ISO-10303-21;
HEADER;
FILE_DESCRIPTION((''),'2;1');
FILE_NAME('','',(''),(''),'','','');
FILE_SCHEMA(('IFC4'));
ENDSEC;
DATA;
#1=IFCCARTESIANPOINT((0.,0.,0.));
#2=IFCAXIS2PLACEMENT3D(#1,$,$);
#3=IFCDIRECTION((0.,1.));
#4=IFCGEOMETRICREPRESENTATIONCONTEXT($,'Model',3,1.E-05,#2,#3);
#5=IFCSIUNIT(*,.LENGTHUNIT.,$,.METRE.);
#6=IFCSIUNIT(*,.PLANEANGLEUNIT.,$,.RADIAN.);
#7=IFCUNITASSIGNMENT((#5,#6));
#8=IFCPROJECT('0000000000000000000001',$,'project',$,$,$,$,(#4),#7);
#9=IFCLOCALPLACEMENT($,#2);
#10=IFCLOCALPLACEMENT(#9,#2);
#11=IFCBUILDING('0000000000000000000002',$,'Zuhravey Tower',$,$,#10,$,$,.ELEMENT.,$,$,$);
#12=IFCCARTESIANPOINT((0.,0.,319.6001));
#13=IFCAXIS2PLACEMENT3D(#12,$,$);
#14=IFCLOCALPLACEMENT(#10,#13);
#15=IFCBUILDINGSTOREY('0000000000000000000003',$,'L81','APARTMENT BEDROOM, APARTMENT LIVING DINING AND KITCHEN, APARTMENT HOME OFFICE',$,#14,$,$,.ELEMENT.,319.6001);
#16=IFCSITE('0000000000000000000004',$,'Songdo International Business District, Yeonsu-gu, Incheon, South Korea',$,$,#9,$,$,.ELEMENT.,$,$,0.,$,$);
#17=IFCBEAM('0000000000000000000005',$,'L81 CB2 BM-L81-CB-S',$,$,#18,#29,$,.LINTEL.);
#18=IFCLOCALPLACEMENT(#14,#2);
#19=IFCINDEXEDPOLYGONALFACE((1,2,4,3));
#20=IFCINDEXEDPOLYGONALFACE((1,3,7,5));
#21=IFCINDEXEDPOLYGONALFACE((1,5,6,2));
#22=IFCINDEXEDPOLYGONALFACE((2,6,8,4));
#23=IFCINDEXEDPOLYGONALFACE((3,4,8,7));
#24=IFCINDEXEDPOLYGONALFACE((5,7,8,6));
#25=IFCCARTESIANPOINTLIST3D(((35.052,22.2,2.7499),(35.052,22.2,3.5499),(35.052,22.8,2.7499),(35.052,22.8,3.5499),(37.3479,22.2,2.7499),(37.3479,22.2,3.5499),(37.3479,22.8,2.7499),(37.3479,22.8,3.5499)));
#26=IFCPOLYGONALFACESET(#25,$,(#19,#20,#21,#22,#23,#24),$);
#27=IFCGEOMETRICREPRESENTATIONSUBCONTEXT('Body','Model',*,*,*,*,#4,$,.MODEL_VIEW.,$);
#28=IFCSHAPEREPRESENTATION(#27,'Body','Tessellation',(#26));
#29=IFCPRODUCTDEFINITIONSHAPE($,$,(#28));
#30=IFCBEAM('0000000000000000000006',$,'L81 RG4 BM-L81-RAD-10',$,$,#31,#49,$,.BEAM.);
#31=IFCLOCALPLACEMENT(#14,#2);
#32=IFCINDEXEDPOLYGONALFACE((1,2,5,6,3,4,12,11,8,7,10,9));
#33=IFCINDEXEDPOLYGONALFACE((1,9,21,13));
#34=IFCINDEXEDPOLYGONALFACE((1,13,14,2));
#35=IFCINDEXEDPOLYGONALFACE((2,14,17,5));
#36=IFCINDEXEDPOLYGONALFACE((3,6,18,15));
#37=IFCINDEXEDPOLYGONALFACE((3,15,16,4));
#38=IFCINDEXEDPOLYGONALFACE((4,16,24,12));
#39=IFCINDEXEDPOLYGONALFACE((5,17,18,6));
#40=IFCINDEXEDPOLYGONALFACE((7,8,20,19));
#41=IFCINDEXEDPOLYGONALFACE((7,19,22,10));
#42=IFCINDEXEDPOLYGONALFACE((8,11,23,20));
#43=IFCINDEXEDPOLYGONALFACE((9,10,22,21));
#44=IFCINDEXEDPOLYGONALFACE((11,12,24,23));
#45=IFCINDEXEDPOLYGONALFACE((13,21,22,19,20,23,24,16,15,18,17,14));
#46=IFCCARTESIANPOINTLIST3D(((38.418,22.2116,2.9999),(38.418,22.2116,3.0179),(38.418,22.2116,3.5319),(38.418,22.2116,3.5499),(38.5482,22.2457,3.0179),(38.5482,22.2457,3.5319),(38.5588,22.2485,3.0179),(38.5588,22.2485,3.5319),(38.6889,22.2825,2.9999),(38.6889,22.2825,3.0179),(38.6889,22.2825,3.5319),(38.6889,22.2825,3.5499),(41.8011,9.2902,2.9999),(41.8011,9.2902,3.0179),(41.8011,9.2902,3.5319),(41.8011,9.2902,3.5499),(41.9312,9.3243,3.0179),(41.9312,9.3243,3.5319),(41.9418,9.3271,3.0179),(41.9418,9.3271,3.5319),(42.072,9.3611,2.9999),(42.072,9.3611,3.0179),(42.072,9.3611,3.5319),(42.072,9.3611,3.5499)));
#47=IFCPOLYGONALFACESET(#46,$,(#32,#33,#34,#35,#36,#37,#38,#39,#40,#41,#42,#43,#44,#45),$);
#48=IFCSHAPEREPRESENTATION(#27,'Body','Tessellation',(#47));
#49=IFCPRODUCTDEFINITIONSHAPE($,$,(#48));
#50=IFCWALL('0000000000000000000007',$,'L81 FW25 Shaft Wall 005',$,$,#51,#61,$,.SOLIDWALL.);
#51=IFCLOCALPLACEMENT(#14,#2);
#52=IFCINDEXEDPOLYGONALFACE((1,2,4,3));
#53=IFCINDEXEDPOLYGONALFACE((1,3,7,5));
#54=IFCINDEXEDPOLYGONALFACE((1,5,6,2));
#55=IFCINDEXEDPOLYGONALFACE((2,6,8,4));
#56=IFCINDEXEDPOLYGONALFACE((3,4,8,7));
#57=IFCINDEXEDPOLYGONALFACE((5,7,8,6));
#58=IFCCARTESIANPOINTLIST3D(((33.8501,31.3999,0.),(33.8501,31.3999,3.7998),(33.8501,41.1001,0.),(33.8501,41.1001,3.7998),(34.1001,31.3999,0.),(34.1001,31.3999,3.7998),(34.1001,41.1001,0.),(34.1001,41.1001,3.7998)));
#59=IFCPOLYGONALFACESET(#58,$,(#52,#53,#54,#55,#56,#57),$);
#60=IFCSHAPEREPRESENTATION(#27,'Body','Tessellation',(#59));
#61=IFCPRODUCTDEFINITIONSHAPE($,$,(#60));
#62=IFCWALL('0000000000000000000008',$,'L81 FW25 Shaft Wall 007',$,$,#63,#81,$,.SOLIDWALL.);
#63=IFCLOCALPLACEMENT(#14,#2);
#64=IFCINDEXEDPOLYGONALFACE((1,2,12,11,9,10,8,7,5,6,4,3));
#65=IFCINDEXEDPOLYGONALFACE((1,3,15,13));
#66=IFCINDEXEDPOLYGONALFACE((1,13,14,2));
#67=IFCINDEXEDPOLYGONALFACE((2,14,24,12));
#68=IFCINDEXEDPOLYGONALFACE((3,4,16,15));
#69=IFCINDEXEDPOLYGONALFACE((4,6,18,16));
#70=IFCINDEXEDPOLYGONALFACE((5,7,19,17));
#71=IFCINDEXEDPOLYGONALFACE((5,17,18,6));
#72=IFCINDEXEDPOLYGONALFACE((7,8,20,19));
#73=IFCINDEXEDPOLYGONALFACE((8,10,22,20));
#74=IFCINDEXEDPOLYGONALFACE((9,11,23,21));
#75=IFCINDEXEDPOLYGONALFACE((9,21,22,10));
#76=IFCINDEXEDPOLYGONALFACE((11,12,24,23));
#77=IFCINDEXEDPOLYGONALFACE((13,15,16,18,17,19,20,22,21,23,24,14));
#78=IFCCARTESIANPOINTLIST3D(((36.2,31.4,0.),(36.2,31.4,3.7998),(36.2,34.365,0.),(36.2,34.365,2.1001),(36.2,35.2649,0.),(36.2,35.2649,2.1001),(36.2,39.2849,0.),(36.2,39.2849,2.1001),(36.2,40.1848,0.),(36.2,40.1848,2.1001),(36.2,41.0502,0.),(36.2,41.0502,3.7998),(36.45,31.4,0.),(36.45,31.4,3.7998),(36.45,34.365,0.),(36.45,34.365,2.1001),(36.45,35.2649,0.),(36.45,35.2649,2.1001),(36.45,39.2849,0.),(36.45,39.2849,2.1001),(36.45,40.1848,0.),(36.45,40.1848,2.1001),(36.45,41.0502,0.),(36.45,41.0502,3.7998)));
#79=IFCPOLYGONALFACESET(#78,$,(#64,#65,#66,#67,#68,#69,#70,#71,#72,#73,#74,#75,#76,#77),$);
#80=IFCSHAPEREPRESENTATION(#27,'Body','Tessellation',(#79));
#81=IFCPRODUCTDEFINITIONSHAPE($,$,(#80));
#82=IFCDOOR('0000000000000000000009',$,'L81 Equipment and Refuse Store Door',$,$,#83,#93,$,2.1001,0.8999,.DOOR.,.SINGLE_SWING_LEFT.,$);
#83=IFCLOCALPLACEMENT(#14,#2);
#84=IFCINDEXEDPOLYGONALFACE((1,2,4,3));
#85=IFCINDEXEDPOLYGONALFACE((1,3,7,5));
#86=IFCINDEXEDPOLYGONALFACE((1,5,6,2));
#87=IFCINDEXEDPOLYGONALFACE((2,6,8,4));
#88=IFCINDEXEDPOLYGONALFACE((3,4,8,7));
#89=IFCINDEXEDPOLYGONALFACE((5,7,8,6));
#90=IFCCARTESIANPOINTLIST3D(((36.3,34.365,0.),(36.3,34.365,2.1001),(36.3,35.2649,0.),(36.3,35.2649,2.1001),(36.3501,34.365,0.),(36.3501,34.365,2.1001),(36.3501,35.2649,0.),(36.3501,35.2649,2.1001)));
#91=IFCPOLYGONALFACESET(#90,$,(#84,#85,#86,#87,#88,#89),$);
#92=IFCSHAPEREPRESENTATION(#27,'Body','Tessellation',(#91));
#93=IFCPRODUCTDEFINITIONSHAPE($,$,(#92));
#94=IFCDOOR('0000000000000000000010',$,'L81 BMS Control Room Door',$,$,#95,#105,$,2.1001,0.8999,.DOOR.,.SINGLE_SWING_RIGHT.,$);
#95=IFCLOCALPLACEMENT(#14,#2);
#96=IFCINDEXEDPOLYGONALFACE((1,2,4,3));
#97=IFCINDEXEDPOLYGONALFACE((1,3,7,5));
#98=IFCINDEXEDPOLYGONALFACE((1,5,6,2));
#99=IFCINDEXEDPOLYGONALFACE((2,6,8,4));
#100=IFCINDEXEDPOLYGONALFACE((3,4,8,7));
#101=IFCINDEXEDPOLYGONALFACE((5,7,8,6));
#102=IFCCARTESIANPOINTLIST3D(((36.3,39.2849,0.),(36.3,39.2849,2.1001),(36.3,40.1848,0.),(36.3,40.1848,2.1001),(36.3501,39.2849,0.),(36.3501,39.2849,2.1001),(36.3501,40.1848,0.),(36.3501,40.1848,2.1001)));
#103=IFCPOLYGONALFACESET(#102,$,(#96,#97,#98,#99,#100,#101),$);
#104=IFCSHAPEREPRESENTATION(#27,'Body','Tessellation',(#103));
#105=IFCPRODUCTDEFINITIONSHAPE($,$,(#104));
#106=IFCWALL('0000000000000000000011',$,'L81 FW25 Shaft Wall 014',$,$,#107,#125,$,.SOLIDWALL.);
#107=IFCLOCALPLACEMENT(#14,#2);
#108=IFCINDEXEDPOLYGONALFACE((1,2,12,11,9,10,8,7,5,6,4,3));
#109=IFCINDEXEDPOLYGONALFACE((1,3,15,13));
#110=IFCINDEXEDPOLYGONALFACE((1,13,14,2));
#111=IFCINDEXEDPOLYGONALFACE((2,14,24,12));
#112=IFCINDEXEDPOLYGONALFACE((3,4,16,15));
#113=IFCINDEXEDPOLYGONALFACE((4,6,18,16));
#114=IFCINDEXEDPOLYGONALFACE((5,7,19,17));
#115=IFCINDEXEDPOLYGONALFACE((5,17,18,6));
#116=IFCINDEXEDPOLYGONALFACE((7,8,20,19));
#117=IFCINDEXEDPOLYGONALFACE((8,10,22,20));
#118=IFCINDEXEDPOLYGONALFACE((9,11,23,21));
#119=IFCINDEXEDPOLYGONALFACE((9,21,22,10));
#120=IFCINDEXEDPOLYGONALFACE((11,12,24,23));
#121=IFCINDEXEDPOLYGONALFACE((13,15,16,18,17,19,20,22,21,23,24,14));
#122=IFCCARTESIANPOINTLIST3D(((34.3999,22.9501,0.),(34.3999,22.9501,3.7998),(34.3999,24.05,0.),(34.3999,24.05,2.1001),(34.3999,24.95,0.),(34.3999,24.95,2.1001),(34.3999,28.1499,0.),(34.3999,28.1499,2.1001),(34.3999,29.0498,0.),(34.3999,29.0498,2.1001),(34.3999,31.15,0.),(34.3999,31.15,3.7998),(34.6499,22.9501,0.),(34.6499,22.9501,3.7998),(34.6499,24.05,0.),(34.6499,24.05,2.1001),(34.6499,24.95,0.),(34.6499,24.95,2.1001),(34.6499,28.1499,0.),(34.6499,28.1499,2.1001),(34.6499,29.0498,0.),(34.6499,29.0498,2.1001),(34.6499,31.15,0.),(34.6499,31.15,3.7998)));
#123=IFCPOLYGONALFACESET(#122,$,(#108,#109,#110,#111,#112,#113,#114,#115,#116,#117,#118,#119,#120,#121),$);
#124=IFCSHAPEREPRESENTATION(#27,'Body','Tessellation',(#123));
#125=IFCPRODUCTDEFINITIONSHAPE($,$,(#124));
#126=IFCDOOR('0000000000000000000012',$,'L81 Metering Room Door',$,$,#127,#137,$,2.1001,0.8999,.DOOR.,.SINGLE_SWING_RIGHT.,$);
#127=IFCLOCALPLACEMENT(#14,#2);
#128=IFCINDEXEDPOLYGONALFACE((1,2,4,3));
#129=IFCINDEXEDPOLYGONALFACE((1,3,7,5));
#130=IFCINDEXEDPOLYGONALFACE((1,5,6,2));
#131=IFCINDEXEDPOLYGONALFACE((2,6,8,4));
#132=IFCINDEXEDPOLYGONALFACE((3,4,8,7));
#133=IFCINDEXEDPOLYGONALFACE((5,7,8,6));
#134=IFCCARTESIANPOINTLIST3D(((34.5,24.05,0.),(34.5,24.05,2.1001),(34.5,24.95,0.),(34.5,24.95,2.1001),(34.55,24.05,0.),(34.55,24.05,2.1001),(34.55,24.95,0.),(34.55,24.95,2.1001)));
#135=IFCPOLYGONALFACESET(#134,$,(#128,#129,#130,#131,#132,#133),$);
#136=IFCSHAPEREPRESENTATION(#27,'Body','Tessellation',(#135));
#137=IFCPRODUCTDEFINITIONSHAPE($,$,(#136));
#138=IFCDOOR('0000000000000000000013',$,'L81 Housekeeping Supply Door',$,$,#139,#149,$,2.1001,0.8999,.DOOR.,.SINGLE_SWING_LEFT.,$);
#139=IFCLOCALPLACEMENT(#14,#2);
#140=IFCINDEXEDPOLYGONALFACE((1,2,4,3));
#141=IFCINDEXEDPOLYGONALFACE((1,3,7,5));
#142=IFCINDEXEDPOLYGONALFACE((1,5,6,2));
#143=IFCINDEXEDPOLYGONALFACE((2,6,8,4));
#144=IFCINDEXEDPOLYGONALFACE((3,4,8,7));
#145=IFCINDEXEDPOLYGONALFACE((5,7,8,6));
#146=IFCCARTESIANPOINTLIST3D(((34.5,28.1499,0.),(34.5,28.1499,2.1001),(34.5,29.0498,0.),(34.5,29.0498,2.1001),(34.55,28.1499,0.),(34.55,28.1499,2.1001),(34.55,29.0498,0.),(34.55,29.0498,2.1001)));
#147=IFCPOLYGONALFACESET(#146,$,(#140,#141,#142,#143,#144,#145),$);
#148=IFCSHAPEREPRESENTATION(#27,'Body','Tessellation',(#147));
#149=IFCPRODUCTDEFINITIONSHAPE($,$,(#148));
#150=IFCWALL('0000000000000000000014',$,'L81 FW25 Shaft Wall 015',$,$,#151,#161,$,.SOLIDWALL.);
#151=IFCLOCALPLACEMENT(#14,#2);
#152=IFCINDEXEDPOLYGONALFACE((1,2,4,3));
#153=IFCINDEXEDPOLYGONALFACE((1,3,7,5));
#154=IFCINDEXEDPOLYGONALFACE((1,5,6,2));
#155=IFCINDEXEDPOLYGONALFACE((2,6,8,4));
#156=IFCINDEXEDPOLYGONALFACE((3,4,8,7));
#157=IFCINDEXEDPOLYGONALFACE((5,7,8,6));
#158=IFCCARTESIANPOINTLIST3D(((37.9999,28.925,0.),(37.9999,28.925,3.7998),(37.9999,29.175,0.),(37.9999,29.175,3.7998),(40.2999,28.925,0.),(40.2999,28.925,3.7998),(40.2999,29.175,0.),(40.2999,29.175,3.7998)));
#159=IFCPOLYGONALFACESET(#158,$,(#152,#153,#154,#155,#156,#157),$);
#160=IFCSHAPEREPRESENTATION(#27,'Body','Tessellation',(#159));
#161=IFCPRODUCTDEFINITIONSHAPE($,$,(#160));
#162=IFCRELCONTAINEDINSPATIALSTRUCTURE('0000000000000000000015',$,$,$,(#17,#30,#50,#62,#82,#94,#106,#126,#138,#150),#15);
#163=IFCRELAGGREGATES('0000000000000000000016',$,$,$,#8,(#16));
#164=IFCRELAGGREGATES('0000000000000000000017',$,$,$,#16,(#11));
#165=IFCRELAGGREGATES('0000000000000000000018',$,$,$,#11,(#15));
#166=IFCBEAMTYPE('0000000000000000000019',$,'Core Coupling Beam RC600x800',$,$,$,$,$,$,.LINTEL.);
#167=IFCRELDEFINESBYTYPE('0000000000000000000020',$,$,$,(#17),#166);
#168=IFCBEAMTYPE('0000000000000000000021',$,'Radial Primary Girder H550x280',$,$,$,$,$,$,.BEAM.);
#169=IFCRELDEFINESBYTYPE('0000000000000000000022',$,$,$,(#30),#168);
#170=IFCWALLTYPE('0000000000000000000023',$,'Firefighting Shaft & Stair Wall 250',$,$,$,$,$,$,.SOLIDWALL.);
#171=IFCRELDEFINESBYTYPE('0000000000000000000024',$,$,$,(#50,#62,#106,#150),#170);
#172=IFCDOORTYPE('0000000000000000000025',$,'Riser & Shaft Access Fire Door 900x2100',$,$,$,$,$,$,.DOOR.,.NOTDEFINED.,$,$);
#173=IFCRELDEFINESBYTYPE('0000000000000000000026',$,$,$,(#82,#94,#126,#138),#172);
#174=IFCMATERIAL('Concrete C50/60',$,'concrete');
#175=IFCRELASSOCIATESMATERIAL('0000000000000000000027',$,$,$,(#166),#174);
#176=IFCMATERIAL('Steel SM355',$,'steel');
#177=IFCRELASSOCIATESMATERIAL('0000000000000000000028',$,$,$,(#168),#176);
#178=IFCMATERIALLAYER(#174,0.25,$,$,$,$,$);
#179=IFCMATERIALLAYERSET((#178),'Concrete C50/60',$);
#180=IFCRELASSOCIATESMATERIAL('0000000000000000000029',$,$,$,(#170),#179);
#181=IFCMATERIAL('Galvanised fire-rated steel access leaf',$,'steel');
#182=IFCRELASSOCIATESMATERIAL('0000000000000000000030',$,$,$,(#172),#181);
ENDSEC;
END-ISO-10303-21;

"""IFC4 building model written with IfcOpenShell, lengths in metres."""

from ifc_helpers import new_model, si_unit, direction, frame, frame_2d, origin, origin_2d, place, context, subcontext, project, spatial, rectangle, i_section, extrude, material, layer, layer_set, material_profile, profile_set, type_object, element, fill, save


model = new_model("IFC4")

# Units and contexts
model_context = context("Model", 3, precision=1e-05, world=origin(), true_north=direction((0.0, 1.0)))
body_context = subcontext(model_context, "Body", "Model", "MODEL_VIEW")
ifc_project = project(units=[si_unit("LENGTHUNIT", "METRE"), si_unit("PLANEANGLEUNIT", "RADIAN")], contexts=[model_context])

# Site, building, storey
site_placement = place(None, origin())
site = spatial("IfcSite", under=ifc_project, at=site_placement, Name="Songdo International Business District, Yeonsu-gu, Incheon, South Korea", CompositionType="ELEMENT", RefElevation=0.0)
building_placement = place(site_placement, origin())
building = spatial("IfcBuilding", under=site, at=building_placement, Name="Zuhravey Tower", CompositionType="ELEMENT")
storey_placement = place(building_placement, frame((0.0, 0.0, 319.6001)))
storey = spatial("IfcBuildingStorey", under=building, at=storey_placement, Name="L81", Description="APARTMENT BEDROOM, APARTMENT LIVING DINING AND KITCHEN, APARTMENT HOME OFFICE", CompositionType="ELEMENT", Elevation=319.6001)

# Beams
ifc_material_1 = material(Name="Concrete C50/60", Category="concrete")
ifc_material_profile_1 = material_profile(ifc_material_1, rectangle(XDim=0.6001, YDim=0.8, at=origin_2d()), Name="RC-600x800")
ifc_profile_set_1 = profile_set([ifc_material_profile_1], Name="Concrete C50/60")
beam_type_1 = type_object("IfcBeamType", Name="Core Coupling Beam RC600x800", PredefinedType="LINTEL", material=ifc_profile_set_1)
beam_1_placement = place(storey_placement, frame((35.052, 22.5, 3.1499), z_axis=(1.0, 0.0, 0.0), x_axis=(0.0, 1.0, 0.0)))
element("IfcBeam", 1, at=beam_1_placement, inside=storey, type_object=beam_type_1, Name="L81 CB2 BM-L81-CB-S", PredefinedType="LINTEL", context=body_context, shape_type="SweptSolid", body=[
    extrude(rectangle(XDim=0.6001, YDim=0.8, at=origin_2d()), origin(), (0.0, 0.0, 1.0), 2.2959),
])
ifc_material_2 = material(Name="Steel SM355", Category="steel")
ifc_material_profile_2 = material_profile(ifc_material_2, i_section(OverallWidth=0.28, OverallDepth=0.55, WebThickness=0.011, FlangeThickness=0.0181, at=origin_2d()), Name="H-550x280x11x18")
ifc_profile_set_2 = profile_set([ifc_material_profile_2], Name="Steel SM355")
beam_type_2 = type_object("IfcBeamType", Name="Radial Primary Girder H550x280", PredefinedType="BEAM", material=ifc_profile_set_2)
beam_2_placement = place(storey_placement, frame((38.5535, 22.2471, 3.2749), z_axis=(0.253281, -0.967393, 0.0), x_axis=(0.967393, 0.253281, 0.0)))
element("IfcBeam", 2, at=beam_2_placement, inside=storey, type_object=beam_type_2, Name="L81 RG4 BM-L81-RAD-10", PredefinedType="BEAM", context=body_context, shape_type="SweptSolid", body=[
    extrude(i_section(OverallWidth=0.28, OverallDepth=0.55, WebThickness=0.011, FlangeThickness=0.0181, at=origin_2d()), origin(), (0.0, 0.0, 1.0), 13.3569),
])

# Shared definitions
ifc_layer_1 = layer(ifc_material_1, 0.25)
ifc_layer_set_1 = layer_set([ifc_layer_1], Name="Concrete C50/60")
wall_type_1 = type_object("IfcWallType", Name="Firefighting Shaft & Stair Wall 250", PredefinedType="SOLIDWALL", material=ifc_layer_set_1)

# Wall
wall_1_placement = place(storey_placement, frame((33.9751, 31.3999, 0.0), z_axis=(0.0, 0.0, 1.0), x_axis=(0.0, 1.0, 0.0)))
element("IfcWall", 3, at=wall_1_placement, inside=storey, type_object=wall_type_1, Name="L81 FW25 Shaft Wall 005", PredefinedType="SOLIDWALL", context=body_context, shape_type="SweptSolid", body=[
    extrude(rectangle(XDim=9.7002, YDim=0.25, at=frame_2d((4.8501, 0.0))), origin(), (0.0, 0.0, 1.0), 3.7998),
])

# Walls, openings, doors
wall_2_placement = place(storey_placement, frame((36.325, 31.3999, 0.0), z_axis=(0.0, 0.0, 1.0), x_axis=(0.0, 1.0, 0.0)))
wall_2 = element("IfcWall", 4, at=wall_2_placement, inside=storey, type_object=wall_type_1, Name="L81 FW25 Shaft Wall 007", PredefinedType="SOLIDWALL", context=body_context, shape_type="SweptSolid", body=[
    extrude(rectangle(XDim=9.6501, YDim=0.25, at=frame_2d((4.8252, 0.0))), origin(), (0.0, 0.0, 1.0), 3.7998),
])
opening_1_placement = place(wall_2_placement, frame((2.9651, 0.0, 0.0)))
opening_1 = element("IfcOpeningElement", 5, at=opening_1_placement, cuts=wall_2, PredefinedType="OPENING", context=body_context, shape_type="SweptSolid", body=[
    extrude(rectangle(XDim=0.8999, YDim=2.1001, at=frame_2d((0.45, 1.05))), frame((0.0, 0.137, 0.0), z_axis=(0.0, -1.0, 0.0), x_axis=(1.0, 0.0, 0.0)), (0.0, 0.0, 1.0), 0.2739),
])
opening_2_placement = place(wall_2_placement, frame((7.885, 0.0, 0.0)))
opening_2 = element("IfcOpeningElement", 6, at=opening_2_placement, cuts=wall_2, PredefinedType="OPENING", context=body_context, shape_type="SweptSolid", body=[
    extrude(rectangle(XDim=0.8999, YDim=2.1001, at=frame_2d((0.45, 1.05))), frame((0.0, 0.137, 0.0), z_axis=(0.0, -1.0, 0.0), x_axis=(1.0, 0.0, 0.0)), (0.0, 0.0, 1.0), 0.2739),
])
ifc_material_3 = material(Name="Galvanised fire-rated steel access leaf", Category="steel")
door_type_1 = type_object("IfcDoorType", Name="Riser & Shaft Access Fire Door 900x2100", OperationType="NOTDEFINED", PredefinedType="DOOR", material=ifc_material_3)
door_1_placement = place(opening_1_placement, origin())
door_1 = element("IfcDoor", 7, at=door_1_placement, inside=storey, type_object=door_type_1, Name="L81 Equipment and Refuse Store Door", OperationType="SINGLE_SWING_LEFT", OverallHeight=2.1001, OverallWidth=0.8999, PredefinedType="DOOR", context=body_context, shape_type="SweptSolid", body=[
    extrude(rectangle(XDim=0.8999, YDim=2.1001, at=frame_2d((0.45, 1.05))), frame((0.0, 0.0249, 0.0), z_axis=(0.0, -1.0, 0.0), x_axis=(1.0, 0.0, 0.0)), (0.0, 0.0, 1.0), 0.05),
])
fill(opening_1, door_1)
door_2_placement = place(opening_2_placement, origin())
door_2 = element("IfcDoor", 8, at=door_2_placement, inside=storey, type_object=door_type_1, Name="L81 BMS Control Room Door", OperationType="SINGLE_SWING_RIGHT", OverallHeight=2.1001, OverallWidth=0.8999, PredefinedType="DOOR", context=body_context, shape_type="SweptSolid", body=[
    extrude(rectangle(XDim=0.8999, YDim=2.1001, at=frame_2d((0.45, 1.05))), frame((0.0, 0.0249, 0.0), z_axis=(0.0, -1.0, 0.0), x_axis=(1.0, 0.0, 0.0)), (0.0, 0.0, 1.0), 0.05),
])
fill(opening_2, door_2)
wall_3_placement = place(storey_placement, frame((34.5249, 22.95, 0.0), z_axis=(0.0, 0.0, 1.0), x_axis=(0.0, 1.0, 0.0)))
wall_3 = element("IfcWall", 9, at=wall_3_placement, inside=storey, type_object=wall_type_1, Name="L81 FW25 Shaft Wall 014", PredefinedType="SOLIDWALL", context=body_context, shape_type="SweptSolid", body=[
    extrude(rectangle(XDim=8.2, YDim=0.25, at=frame_2d((4.1001, 0.0))), origin(), (0.0, 0.0, 1.0), 3.7998),
])
opening_3_placement = place(wall_3_placement, frame((1.1001, 0.0, 0.0)))
opening_3 = element("IfcOpeningElement", 10, at=opening_3_placement, cuts=wall_3, PredefinedType="OPENING", context=body_context, shape_type="SweptSolid", body=[
    extrude(rectangle(XDim=0.8999, YDim=2.1001, at=frame_2d((0.45, 1.05))), frame((0.0, 0.137, 0.0), z_axis=(0.0, -1.0, 0.0), x_axis=(1.0, 0.0, 0.0)), (0.0, 0.0, 1.0), 0.2739),
])
opening_4_placement = place(wall_3_placement, frame((5.2, 0.0, 0.0)))
opening_4 = element("IfcOpeningElement", 11, at=opening_4_placement, cuts=wall_3, PredefinedType="OPENING", context=body_context, shape_type="SweptSolid", body=[
    extrude(rectangle(XDim=0.8999, YDim=2.1001, at=frame_2d((0.45, 1.05))), frame((0.0, 0.137, 0.0), z_axis=(0.0, -1.0, 0.0), x_axis=(1.0, 0.0, 0.0)), (0.0, 0.0, 1.0), 0.2739),
])
door_3_placement = place(opening_3_placement, origin())
door_3 = element("IfcDoor", 12, at=door_3_placement, inside=storey, type_object=door_type_1, Name="L81 Metering Room Door", OperationType="SINGLE_SWING_RIGHT", OverallHeight=2.1001, OverallWidth=0.8999, PredefinedType="DOOR", context=body_context, shape_type="SweptSolid", body=[
    extrude(rectangle(XDim=0.8999, YDim=2.1001, at=frame_2d((0.45, 1.05))), frame((0.0, 0.0249, 0.0), z_axis=(0.0, -1.0, 0.0), x_axis=(1.0, 0.0, 0.0)), (0.0, 0.0, 1.0), 0.05),
])
fill(opening_3, door_3)
door_4_placement = place(opening_4_placement, origin())
door_4 = element("IfcDoor", 13, at=door_4_placement, inside=storey, type_object=door_type_1, Name="L81 Housekeeping Supply Door", OperationType="SINGLE_SWING_LEFT", OverallHeight=2.1001, OverallWidth=0.8999, PredefinedType="DOOR", context=body_context, shape_type="SweptSolid", body=[
    extrude(rectangle(XDim=0.8999, YDim=2.1001, at=frame_2d((0.45, 1.05))), frame((0.0, 0.0249, 0.0), z_axis=(0.0, -1.0, 0.0), x_axis=(1.0, 0.0, 0.0)), (0.0, 0.0, 1.0), 0.05),
])
fill(opening_4, door_4)

# Wall
wall_4_placement = place(storey_placement, frame((38.0, 29.05, 0.0), z_axis=(0.0, 0.0, 1.0), x_axis=(1.0, 0.0, 0.0)))
element("IfcWall", 14, at=wall_4_placement, inside=storey, type_object=wall_type_1, Name="L81 FW25 Shaft Wall 015", PredefinedType="SOLIDWALL", context=body_context, shape_type="SweptSolid", body=[
    extrude(rectangle(XDim=2.3, YDim=0.25, at=frame_2d((1.1499, 0.0))), origin(), (0.0, 0.0, 1.0), 3.7998),
])

save(model, "model.ifc")
